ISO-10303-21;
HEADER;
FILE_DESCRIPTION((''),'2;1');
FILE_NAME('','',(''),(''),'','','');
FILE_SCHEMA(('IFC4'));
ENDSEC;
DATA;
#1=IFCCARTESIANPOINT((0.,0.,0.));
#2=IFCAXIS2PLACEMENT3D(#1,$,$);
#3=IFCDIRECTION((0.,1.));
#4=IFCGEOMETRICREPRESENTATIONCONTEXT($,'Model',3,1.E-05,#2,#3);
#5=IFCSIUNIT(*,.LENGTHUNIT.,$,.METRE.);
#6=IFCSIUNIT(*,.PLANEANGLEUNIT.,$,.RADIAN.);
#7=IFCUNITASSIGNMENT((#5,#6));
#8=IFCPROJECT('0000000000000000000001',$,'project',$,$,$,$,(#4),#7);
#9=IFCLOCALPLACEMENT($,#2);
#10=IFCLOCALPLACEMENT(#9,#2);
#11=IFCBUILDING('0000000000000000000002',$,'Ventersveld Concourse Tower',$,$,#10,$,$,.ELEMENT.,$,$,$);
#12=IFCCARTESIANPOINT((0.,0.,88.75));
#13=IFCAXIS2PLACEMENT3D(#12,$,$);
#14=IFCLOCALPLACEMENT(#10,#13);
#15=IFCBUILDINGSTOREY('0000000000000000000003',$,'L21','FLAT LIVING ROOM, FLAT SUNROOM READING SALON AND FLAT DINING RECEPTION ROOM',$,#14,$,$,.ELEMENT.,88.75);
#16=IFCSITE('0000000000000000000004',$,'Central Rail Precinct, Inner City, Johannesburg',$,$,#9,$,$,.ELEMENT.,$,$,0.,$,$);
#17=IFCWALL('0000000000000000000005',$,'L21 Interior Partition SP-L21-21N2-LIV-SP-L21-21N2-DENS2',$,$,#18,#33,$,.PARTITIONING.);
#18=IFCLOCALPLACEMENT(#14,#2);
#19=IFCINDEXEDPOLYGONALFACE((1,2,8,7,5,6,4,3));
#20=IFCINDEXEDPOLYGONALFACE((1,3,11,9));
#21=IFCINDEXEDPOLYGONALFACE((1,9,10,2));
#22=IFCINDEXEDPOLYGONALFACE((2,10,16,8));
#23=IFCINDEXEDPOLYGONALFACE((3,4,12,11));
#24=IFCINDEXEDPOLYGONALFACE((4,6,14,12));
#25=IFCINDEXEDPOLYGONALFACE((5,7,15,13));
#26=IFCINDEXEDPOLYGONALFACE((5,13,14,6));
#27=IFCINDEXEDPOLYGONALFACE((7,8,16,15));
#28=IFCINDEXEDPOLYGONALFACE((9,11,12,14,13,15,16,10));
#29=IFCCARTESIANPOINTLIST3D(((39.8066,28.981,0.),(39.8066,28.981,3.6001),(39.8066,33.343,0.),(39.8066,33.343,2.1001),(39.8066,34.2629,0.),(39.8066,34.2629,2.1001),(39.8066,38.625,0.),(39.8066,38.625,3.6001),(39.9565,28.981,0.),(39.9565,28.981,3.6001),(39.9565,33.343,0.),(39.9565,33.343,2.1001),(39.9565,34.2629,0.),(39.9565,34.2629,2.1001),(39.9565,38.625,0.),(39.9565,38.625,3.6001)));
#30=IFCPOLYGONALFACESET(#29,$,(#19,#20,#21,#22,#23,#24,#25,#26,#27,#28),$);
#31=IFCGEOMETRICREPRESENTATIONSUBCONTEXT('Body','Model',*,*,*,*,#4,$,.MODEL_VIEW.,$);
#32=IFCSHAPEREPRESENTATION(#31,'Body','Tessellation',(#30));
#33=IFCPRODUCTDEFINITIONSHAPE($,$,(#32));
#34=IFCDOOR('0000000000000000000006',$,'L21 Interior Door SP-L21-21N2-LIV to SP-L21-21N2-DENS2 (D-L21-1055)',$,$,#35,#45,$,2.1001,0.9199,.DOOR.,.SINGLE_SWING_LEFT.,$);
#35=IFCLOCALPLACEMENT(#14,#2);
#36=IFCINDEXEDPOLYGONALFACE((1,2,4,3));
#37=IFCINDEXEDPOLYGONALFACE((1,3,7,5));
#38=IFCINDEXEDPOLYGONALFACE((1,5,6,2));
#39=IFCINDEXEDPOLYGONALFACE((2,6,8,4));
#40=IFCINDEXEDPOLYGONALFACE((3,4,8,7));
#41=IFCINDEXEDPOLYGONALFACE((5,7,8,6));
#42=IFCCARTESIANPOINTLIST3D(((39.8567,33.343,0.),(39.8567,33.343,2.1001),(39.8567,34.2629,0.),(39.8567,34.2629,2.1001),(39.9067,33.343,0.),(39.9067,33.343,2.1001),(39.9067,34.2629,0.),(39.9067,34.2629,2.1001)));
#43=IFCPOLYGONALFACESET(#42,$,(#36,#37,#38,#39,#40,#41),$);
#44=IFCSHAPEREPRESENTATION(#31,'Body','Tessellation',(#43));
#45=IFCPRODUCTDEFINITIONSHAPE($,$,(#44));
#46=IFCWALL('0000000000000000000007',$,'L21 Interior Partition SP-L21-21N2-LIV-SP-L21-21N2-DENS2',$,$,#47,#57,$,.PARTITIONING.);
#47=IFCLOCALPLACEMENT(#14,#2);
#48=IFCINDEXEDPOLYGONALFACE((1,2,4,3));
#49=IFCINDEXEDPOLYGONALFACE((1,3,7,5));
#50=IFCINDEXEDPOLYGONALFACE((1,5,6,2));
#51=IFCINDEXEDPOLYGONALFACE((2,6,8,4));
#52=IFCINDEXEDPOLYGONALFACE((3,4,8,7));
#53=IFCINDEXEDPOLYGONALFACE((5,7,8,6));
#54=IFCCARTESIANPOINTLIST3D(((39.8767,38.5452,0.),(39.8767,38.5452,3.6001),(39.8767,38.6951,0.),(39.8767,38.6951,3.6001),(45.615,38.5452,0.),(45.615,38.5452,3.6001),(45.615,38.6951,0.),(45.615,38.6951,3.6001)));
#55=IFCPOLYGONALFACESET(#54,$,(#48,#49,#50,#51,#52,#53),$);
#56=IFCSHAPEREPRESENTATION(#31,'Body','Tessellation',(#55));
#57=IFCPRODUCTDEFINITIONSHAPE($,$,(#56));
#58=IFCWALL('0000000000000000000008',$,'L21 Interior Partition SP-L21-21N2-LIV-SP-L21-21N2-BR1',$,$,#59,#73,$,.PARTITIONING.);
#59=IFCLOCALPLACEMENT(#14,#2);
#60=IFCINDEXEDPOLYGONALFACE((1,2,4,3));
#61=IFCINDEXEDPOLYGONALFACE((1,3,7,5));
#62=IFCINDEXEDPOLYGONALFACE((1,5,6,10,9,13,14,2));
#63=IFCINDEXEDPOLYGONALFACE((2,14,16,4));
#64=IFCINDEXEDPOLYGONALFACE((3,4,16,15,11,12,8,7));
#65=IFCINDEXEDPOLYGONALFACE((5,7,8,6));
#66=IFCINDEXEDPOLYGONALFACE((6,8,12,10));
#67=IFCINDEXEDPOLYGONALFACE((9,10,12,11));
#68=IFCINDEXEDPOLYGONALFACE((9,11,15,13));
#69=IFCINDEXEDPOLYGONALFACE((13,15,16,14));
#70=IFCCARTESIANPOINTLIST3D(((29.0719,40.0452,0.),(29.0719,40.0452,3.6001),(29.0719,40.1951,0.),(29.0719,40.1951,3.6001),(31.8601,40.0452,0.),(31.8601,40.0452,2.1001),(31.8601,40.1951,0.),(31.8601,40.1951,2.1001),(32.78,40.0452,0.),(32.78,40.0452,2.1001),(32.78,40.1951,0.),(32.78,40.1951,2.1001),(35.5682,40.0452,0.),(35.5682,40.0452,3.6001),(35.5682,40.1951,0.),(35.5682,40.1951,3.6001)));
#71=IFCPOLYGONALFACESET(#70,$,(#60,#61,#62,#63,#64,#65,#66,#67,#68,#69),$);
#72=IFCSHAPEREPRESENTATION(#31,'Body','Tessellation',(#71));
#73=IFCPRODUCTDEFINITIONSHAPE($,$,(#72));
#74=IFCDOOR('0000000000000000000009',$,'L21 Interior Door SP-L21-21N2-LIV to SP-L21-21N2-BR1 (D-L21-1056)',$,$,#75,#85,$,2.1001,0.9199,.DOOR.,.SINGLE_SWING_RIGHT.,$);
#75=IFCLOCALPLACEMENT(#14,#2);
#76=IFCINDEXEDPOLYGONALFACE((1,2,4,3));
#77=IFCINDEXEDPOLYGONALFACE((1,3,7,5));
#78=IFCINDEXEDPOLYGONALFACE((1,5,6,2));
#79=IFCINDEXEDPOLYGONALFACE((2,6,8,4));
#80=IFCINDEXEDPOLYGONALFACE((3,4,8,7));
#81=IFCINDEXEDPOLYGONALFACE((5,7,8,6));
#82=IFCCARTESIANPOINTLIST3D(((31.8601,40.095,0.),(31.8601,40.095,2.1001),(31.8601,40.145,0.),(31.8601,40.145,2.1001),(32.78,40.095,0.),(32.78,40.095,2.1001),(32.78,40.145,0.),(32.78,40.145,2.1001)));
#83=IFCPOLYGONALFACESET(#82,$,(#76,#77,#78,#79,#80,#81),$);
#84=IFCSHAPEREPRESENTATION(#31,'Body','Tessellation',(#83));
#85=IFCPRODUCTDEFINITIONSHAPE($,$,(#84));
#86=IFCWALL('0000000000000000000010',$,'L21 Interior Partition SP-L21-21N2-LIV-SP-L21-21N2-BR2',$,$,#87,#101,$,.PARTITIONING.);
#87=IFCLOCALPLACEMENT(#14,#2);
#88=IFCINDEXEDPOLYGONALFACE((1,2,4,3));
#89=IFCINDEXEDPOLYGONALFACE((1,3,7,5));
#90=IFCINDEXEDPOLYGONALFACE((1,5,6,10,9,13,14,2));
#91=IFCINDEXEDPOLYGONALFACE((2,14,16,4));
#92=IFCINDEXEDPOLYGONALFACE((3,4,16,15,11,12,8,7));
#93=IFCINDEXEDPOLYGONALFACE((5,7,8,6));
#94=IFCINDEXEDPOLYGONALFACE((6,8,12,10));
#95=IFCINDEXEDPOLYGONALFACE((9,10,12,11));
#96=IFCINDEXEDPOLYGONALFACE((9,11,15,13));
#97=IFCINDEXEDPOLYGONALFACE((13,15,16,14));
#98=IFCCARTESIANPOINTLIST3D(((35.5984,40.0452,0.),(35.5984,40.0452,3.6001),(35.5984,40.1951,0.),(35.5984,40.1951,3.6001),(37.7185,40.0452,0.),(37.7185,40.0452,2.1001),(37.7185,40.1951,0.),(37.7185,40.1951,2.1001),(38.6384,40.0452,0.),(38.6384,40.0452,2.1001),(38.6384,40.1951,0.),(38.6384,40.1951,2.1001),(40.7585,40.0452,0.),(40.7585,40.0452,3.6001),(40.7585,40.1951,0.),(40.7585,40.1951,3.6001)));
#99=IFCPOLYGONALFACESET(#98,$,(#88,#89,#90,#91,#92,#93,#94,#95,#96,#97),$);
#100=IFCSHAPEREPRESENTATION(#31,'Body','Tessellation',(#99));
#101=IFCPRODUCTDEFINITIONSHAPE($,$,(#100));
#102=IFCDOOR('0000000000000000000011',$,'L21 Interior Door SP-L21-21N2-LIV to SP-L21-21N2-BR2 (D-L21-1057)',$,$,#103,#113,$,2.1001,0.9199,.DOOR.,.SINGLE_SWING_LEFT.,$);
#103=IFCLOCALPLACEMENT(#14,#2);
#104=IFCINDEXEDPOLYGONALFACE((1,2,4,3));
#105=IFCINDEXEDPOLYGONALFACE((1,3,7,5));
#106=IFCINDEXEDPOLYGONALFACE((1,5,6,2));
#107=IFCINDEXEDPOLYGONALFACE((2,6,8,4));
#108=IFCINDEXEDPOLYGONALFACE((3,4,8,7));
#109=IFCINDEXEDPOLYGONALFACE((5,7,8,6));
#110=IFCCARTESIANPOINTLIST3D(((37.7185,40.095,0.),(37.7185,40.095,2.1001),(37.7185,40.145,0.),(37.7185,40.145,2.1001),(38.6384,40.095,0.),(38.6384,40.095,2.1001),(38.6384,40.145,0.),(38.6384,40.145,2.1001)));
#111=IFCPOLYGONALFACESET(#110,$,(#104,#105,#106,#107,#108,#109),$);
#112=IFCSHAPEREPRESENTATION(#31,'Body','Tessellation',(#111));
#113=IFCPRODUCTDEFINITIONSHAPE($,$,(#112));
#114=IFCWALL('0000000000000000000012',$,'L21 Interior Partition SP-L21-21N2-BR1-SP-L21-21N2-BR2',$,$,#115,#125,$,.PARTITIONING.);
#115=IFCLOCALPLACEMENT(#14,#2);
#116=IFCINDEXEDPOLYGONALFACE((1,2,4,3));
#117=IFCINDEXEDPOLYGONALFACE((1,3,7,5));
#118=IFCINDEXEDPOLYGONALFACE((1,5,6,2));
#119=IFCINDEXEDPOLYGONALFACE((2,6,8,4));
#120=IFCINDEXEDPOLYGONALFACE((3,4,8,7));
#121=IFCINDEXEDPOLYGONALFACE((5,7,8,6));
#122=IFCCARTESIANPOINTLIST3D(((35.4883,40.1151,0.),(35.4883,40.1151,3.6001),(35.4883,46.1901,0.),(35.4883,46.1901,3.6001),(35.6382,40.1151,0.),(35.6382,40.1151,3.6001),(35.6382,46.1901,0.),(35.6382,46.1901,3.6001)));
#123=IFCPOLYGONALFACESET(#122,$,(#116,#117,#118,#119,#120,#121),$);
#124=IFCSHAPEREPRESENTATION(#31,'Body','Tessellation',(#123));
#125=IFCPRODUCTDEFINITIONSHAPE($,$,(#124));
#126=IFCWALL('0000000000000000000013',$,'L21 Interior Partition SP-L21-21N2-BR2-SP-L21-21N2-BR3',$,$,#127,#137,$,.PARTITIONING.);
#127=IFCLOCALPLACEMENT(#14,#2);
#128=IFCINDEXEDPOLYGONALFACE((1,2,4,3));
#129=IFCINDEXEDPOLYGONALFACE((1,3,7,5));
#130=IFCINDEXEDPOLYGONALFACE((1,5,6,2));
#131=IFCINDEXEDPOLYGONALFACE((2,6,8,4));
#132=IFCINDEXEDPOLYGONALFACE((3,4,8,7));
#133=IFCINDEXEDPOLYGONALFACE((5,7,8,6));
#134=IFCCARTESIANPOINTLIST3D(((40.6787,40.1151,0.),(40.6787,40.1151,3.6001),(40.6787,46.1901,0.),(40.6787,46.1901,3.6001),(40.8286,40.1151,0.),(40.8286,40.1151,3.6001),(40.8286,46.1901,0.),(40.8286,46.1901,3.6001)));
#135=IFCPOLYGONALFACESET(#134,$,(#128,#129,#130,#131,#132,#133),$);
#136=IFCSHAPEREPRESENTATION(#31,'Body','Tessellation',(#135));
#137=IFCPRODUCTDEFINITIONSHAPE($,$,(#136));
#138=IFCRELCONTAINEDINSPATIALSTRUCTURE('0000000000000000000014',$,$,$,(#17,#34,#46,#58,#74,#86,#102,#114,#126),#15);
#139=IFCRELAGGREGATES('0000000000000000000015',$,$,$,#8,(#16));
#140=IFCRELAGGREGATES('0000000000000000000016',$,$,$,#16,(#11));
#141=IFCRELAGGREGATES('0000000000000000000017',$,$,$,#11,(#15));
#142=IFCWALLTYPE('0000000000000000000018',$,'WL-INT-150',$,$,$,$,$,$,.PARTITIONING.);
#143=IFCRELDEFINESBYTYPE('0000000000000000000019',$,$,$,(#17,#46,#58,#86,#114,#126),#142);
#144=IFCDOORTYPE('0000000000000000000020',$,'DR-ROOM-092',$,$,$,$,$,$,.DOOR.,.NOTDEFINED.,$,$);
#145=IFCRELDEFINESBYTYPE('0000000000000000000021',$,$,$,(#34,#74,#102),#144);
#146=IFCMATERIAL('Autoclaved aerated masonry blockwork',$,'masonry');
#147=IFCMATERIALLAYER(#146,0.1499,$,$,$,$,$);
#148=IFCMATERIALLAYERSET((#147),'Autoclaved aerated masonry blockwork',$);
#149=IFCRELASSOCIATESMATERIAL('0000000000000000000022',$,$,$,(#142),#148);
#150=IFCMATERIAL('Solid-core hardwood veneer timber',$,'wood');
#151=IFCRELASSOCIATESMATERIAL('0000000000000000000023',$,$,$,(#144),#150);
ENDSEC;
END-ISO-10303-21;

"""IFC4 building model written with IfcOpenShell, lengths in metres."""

from ifc_helpers import new_model, si_unit, direction, frame, frame_2d, origin, place, context, subcontext, project, spatial, rectangle, extrude, material, layer, layer_set, type_object, element, fill, save


model = new_model("IFC4")

# Units and contexts
model_context = context("Model", 3, precision=1e-05, world=origin(), true_north=direction((0.0, 1.0)))
body_context = subcontext(model_context, "Body", "Model", "MODEL_VIEW")
ifc_project = project(units=[si_unit("LENGTHUNIT", "METRE"), si_unit("PLANEANGLEUNIT", "RADIAN")], contexts=[model_context])

# Site, building, storey
site_placement = place(None, origin())
site = spatial("IfcSite", under=ifc_project, at=site_placement, Name="Central Rail Precinct, Inner City, Johannesburg", CompositionType="ELEMENT", RefElevation=0.0)
building_placement = place(site_placement, origin())
building = spatial("IfcBuilding", under=site, at=building_placement, Name="Ventersveld Concourse Tower", CompositionType="ELEMENT")
storey_placement = place(building_placement, frame((0.0, 0.0, 88.75)))
storey = spatial("IfcBuildingStorey", under=building, at=storey_placement, Name="L21", Description="FLAT LIVING ROOM, FLAT SUNROOM READING SALON AND FLAT DINING RECEPTION ROOM", CompositionType="ELEMENT", Elevation=88.75)

# Wall, opening, door
ifc_material_1 = material(Name="Autoclaved aerated masonry blockwork", Category="masonry")
ifc_layer_1 = layer(ifc_material_1, 0.1499)
ifc_layer_set_1 = layer_set([ifc_layer_1], Name="Autoclaved aerated masonry blockwork")
wall_type_1 = type_object("IfcWallType", Name="WL-INT-150", PredefinedType="PARTITIONING", material=ifc_layer_set_1)
wall_1_placement = place(storey_placement, frame((39.8816, 28.981, 0.0), z_axis=(0.0, 0.0, 1.0), x_axis=(0.0, 1.0, 0.0)))
wall_1 = element("IfcWall", 1, at=wall_1_placement, inside=storey, type_object=wall_type_1, Name="L21 Interior Partition SP-L21-21N2-LIV-SP-L21-21N2-DENS2", PredefinedType="PARTITIONING", context=body_context, shape_type="SweptSolid", body=[
    extrude(rectangle(XDim=9.644, YDim=0.1499, at=frame_2d((4.822, 0.0))), origin(), (0.0, 0.0, 1.0), 3.6001),
])
opening_1_placement = place(wall_1_placement, frame((4.3621, 0.0, 0.0)))
opening_1 = element("IfcOpeningElement", 2, at=opening_1_placement, cuts=wall_1, PredefinedType="OPENING", context=body_context, shape_type="SweptSolid", body=[
    extrude(rectangle(XDim=0.9199, YDim=2.1001, at=frame_2d((0.46, 1.05))), frame((0.0, 0.085, 0.0), z_axis=(0.0, -1.0, 0.0), x_axis=(1.0, 0.0, 0.0)), (0.0, 0.0, 1.0), 0.1699),
])
ifc_material_2 = material(Name="Solid-core hardwood veneer timber", Category="wood")
door_type = type_object("IfcDoorType", Name="DR-ROOM-092", OperationType="NOTDEFINED", PredefinedType="DOOR", material=ifc_material_2)
door_1_placement = place(opening_1_placement, origin())
door_1 = element("IfcDoor", 3, at=door_1_placement, inside=storey, type_object=door_type, Name="L21 Interior Door SP-L21-21N2-LIV to SP-L21-21N2-DENS2 (D-L21-1055)", OperationType="SINGLE_SWING_LEFT", OverallHeight=2.1001, OverallWidth=0.9199, PredefinedType="DOOR", context=body_context, shape_type="SweptSolid", body=[
    extrude(rectangle(XDim=0.9199, YDim=2.1001, at=frame_2d((0.46, 1.05))), frame((0.0, 0.0249, 0.0), z_axis=(0.0, -1.0, 0.0), x_axis=(1.0, 0.0, 0.0)), (0.0, 0.0, 1.0), 0.05),
])
fill(opening_1, door_1)

# Wall
wall_2_placement = place(storey_placement, frame((39.8767, 38.6201, 0.0), z_axis=(0.0, 0.0, 1.0), x_axis=(1.0, 0.0, 0.0)))
element("IfcWall", 4, at=wall_2_placement, inside=storey, type_object=wall_type_1, Name="L21 Interior Partition SP-L21-21N2-LIV-SP-L21-21N2-DENS2", PredefinedType="PARTITIONING", context=body_context, shape_type="SweptSolid", body=[
    extrude(rectangle(XDim=5.7383, YDim=0.1499, at=frame_2d((2.8691, 0.0))), origin(), (0.0, 0.0, 1.0), 3.6001),
])

# Walls, openings, doors
wall_3_placement = place(storey_placement, frame((29.072, 40.1201, 0.0), z_axis=(0.0, 0.0, 1.0), x_axis=(1.0, 0.0, 0.0)))
wall_3 = element("IfcWall", 5, at=wall_3_placement, inside=storey, type_object=wall_type_1, Name="L21 Interior Partition SP-L21-21N2-LIV-SP-L21-21N2-BR1", PredefinedType="PARTITIONING", context=body_context, shape_type="SweptSolid", body=[
    extrude(rectangle(XDim=6.4963, YDim=0.1499, at=frame_2d((3.248, 0.0))), origin(), (0.0, 0.0, 1.0), 3.6001),
])
opening_2_placement = place(wall_3_placement, frame((2.7881, 0.0, 0.0)))
opening_2 = element("IfcOpeningElement", 6, at=opening_2_placement, cuts=wall_3, PredefinedType="OPENING", context=body_context, shape_type="SweptSolid", body=[
    extrude(rectangle(XDim=0.9199, YDim=2.1001, at=frame_2d((0.46, 1.05))), frame((0.0, 0.085, 0.0), z_axis=(0.0, -1.0, 0.0), x_axis=(1.0, 0.0, 0.0)), (0.0, 0.0, 1.0), 0.1699),
])
door_2_placement = place(opening_2_placement, origin())
door_2 = element("IfcDoor", 7, at=door_2_placement, inside=storey, type_object=door_type, Name="L21 Interior Door SP-L21-21N2-LIV to SP-L21-21N2-BR1 (D-L21-1056)", OperationType="SINGLE_SWING_RIGHT", OverallHeight=2.1001, OverallWidth=0.9199, PredefinedType="DOOR", context=body_context, shape_type="SweptSolid", body=[
    extrude(rectangle(XDim=0.9199, YDim=2.1001, at=frame_2d((0.46, 1.05))), frame((0.0, 0.0249, 0.0), z_axis=(0.0, -1.0, 0.0), x_axis=(1.0, 0.0, 0.0)), (0.0, 0.0, 1.0), 0.05),
])
fill(opening_2, door_2)
wall_4_placement = place(storey_placement, frame((35.5984, 40.1201, 0.0), z_axis=(0.0, 0.0, 1.0), x_axis=(1.0, 0.0, 0.0)))
wall_4 = element("IfcWall", 8, at=wall_4_placement, inside=storey, type_object=wall_type_1, Name="L21 Interior Partition SP-L21-21N2-LIV-SP-L21-21N2-BR2", PredefinedType="PARTITIONING", context=body_context, shape_type="SweptSolid", body=[
    extrude(rectangle(XDim=5.1602, YDim=0.1499, at=frame_2d((2.5801, 0.0))), origin(), (0.0, 0.0, 1.0), 3.6001),
])
opening_3_placement = place(wall_4_placement, frame((2.1201, 0.0, 0.0)))
opening_3 = element("IfcOpeningElement", 9, at=opening_3_placement, cuts=wall_4, PredefinedType="OPENING", context=body_context, shape_type="SweptSolid", body=[
    extrude(rectangle(XDim=0.9199, YDim=2.1001, at=frame_2d((0.46, 1.05))), frame((0.0, 0.085, 0.0), z_axis=(0.0, -1.0, 0.0), x_axis=(1.0, 0.0, 0.0)), (0.0, 0.0, 1.0), 0.1699),
])
door_3_placement = place(opening_3_placement, origin())
door_3 = element("IfcDoor", 10, at=door_3_placement, inside=storey, type_object=door_type, Name="L21 Interior Door SP-L21-21N2-LIV to SP-L21-21N2-BR2 (D-L21-1057)", OperationType="SINGLE_SWING_LEFT", OverallHeight=2.1001, OverallWidth=0.9199, PredefinedType="DOOR", context=body_context, shape_type="SweptSolid", body=[
    extrude(rectangle(XDim=0.9199, YDim=2.1001, at=frame_2d((0.46, 1.05))), frame((0.0, 0.0249, 0.0), z_axis=(0.0, -1.0, 0.0), x_axis=(1.0, 0.0, 0.0)), (0.0, 0.0, 1.0), 0.05),
])
fill(opening_3, door_3)

# Walls
for number, where, z_axis, x_axis, name in (
    (11, (35.5632, 40.115, 0.0), (0.0, 0.0, 1.0), (0.0, 1.0, 0.0), "L21 Interior Partition SP-L21-21N2-BR1-SP-L21-21N2-BR2"),
    (12, (40.7537, 40.115, 0.0), (0.0, 0.0, 1.0), (0.0, 1.0, 0.0), "L21 Interior Partition SP-L21-21N2-BR2-SP-L21-21N2-BR3"),
):
    element("IfcWall", number, at=place(storey_placement, frame(where, z_axis=z_axis, x_axis=x_axis)), inside=storey, type_object=wall_type_1, Name=name, PredefinedType="PARTITIONING", context=body_context, shape_type="SweptSolid", body=[
        extrude(rectangle(XDim=6.075, YDim=0.1499, at=frame_2d((3.0376, 0.0))), origin(), (0.0, 0.0, 1.0), 3.6001),
    ])

save(model, "model.ifc")
